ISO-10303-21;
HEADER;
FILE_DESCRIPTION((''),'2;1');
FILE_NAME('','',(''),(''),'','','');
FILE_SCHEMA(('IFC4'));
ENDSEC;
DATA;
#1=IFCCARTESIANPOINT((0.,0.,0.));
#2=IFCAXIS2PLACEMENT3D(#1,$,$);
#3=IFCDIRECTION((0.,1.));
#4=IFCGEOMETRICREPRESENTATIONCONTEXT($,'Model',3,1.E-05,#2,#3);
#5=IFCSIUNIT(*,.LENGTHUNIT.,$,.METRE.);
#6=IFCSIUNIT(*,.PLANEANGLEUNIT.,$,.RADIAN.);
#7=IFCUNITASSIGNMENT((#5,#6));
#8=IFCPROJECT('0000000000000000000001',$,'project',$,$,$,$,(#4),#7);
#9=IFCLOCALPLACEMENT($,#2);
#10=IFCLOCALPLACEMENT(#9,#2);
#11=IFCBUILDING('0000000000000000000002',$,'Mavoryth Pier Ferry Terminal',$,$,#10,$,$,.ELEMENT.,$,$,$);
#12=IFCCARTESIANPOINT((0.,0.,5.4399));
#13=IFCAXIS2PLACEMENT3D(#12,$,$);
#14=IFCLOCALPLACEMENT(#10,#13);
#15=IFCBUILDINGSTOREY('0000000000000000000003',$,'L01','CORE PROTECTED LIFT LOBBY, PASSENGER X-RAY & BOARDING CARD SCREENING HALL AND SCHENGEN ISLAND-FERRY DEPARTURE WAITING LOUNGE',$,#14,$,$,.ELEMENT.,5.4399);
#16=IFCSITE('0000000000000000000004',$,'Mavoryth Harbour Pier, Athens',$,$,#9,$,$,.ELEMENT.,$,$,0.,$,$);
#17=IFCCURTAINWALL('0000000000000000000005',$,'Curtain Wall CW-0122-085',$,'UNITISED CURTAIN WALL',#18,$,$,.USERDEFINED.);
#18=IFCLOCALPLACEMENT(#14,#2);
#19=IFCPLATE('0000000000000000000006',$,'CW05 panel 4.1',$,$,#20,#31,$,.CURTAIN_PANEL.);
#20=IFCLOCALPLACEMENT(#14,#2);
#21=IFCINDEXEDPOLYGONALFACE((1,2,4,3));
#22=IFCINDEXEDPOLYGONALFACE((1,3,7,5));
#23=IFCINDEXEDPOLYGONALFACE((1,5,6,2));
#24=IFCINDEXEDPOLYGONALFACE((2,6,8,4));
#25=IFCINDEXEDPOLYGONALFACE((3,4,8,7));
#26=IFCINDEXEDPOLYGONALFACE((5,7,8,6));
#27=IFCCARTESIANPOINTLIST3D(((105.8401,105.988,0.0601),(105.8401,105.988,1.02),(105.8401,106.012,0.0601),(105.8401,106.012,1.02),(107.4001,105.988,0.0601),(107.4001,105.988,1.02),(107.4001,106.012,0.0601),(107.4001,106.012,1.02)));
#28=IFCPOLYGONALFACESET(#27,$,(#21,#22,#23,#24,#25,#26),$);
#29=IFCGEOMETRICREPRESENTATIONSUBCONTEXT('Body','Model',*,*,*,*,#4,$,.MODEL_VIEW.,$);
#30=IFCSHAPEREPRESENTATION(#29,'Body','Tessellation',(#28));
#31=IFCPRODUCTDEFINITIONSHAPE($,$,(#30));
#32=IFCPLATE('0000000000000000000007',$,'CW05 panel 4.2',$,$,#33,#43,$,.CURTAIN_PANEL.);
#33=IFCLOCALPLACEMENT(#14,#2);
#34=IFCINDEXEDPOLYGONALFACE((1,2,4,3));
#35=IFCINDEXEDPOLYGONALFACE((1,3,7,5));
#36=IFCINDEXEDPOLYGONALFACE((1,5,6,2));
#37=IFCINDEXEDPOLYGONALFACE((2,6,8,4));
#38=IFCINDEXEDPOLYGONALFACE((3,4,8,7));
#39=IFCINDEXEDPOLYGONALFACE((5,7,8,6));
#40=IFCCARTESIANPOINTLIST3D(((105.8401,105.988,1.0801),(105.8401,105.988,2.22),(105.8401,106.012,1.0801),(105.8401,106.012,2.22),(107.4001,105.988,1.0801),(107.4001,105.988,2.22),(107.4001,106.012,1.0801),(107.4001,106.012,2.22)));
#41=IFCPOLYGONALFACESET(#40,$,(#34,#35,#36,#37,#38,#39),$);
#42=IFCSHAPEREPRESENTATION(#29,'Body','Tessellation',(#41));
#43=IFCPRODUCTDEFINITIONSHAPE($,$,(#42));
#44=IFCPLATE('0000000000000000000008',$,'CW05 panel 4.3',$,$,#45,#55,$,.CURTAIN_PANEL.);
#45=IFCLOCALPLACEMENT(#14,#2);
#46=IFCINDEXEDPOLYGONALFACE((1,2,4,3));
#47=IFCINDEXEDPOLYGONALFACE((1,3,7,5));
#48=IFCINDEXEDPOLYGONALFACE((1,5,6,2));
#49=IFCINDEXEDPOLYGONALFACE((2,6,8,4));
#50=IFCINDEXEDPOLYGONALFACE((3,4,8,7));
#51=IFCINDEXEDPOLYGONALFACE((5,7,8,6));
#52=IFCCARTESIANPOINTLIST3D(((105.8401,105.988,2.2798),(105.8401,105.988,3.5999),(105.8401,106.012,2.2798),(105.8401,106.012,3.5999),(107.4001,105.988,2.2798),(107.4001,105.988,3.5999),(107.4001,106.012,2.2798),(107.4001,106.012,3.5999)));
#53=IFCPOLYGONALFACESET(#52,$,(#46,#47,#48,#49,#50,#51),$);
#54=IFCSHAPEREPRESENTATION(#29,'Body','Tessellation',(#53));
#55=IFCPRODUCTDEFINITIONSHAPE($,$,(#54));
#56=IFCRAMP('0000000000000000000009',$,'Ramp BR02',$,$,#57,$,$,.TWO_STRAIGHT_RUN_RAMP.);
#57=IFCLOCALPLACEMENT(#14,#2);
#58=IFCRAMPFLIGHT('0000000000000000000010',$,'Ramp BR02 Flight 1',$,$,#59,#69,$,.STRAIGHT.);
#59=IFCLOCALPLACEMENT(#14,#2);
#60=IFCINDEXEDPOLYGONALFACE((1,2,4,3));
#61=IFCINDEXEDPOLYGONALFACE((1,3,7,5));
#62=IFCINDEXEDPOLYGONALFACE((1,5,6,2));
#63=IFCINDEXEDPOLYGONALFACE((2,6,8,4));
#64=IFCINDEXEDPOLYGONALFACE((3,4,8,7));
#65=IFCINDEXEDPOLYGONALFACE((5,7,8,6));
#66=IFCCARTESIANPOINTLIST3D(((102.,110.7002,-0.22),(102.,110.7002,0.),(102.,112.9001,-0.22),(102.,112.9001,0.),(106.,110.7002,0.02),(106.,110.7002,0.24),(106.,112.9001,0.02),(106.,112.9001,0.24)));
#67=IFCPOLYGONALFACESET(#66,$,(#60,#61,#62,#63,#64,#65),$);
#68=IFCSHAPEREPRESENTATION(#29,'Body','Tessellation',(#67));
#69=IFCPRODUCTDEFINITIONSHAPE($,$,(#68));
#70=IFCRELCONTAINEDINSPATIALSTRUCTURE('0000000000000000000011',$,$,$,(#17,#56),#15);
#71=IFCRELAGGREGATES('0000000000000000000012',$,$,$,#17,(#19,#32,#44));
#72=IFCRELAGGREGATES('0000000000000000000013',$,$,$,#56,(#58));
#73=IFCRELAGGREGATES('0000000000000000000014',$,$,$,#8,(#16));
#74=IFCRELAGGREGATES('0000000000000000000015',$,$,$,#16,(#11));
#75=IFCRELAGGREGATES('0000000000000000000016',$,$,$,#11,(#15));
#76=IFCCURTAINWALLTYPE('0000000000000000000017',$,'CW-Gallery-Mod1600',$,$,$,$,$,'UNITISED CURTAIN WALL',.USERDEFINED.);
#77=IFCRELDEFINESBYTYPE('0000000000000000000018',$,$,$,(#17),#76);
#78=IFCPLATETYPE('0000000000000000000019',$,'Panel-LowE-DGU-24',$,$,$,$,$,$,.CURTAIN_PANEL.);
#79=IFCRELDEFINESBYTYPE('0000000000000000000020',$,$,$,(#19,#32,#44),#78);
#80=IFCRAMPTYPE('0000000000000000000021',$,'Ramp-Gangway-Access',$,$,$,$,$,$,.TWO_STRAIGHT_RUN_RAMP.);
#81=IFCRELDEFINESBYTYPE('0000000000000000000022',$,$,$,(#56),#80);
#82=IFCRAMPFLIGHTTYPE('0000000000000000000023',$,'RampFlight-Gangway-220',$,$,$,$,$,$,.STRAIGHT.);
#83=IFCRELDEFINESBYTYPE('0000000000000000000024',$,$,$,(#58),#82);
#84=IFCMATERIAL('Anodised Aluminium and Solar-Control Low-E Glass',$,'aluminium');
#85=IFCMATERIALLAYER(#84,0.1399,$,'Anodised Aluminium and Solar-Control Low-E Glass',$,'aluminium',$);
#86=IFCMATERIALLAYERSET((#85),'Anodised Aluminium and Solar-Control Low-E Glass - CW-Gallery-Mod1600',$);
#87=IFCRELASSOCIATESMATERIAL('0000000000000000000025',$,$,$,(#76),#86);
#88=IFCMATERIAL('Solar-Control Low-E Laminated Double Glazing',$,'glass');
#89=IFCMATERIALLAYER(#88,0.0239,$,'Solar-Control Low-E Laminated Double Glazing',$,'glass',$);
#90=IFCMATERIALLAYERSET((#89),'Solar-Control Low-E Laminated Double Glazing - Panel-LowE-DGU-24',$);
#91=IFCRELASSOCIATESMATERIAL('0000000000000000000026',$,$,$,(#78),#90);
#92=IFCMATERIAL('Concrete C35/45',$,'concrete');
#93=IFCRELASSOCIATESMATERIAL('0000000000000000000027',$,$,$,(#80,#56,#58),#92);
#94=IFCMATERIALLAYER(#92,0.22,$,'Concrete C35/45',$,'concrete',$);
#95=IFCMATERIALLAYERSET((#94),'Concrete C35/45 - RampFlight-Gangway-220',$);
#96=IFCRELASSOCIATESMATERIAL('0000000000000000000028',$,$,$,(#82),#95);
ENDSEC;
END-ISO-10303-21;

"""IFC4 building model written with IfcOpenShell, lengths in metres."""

from ifc_helpers import new_model, si_unit, direction, frame, origin, origin_2d, place, context, subcontext, project, spatial, polyline, rectangle, outline, extrude, material, layer, layer_set, type_object, element, aggregate, save


model = new_model("IFC4")

# Units and contexts
model_context = context("Model", 3, precision=1e-05, world=origin(), true_north=direction((0.0, 1.0)))
body_context = subcontext(model_context, "Body", "Model", "MODEL_VIEW")
ifc_project = project(units=[si_unit("LENGTHUNIT", "METRE"), si_unit("PLANEANGLEUNIT", "RADIAN")], contexts=[model_context])

# Site, building, storey
site_placement = place(None, origin())
site = spatial("IfcSite", under=ifc_project, at=site_placement, Name="Mavoryth Harbour Pier, Athens", CompositionType="ELEMENT", RefElevation=0.0)
building_placement = place(site_placement, origin())
building = spatial("IfcBuilding", under=site, at=building_placement, Name="Mavoryth Pier Ferry Terminal", CompositionType="ELEMENT")
storey_placement = place(building_placement, frame((0.0, 0.0, 5.4399)))
storey = spatial("IfcBuildingStorey", under=building, at=storey_placement, Name="L01", Description="CORE PROTECTED LIFT LOBBY, PASSENGER X-RAY & BOARDING CARD SCREENING HALL AND SCHENGEN ISLAND-FERRY DEPARTURE WAITING LOUNGE", CompositionType="ELEMENT", Elevation=5.4399)

# Shared definitions
ifc_material_1 = material(Name="Anodised Aluminium and Solar-Control Low-E Glass", Category="aluminium")
ifc_layer_1 = layer(ifc_material_1, 0.1399, Name="Anodised Aluminium and Solar-Control Low-E Glass", Category="aluminium")
ifc_layer_set_1 = layer_set([ifc_layer_1], Name="Anodised Aluminium and Solar-Control Low-E Glass - CW-Gallery-Mod1600")
curtain_wall_type = type_object("IfcCurtainWallType", Name="CW-Gallery-Mod1600", ElementType="UNITISED CURTAIN WALL", PredefinedType="USERDEFINED", material=ifc_layer_set_1)

# Curtain wall
curtain_wall_1_placement = place(storey_placement, origin())
curtain_wall_1 = element("IfcCurtainWall", 1, at=curtain_wall_1_placement, inside=storey, type_object=curtain_wall_type, Name="Curtain Wall CW-0122-085", ObjectType="UNITISED CURTAIN WALL", PredefinedType="USERDEFINED")

# Plates
ifc_material_2 = material(Name="Solar-Control Low-E Laminated Double Glazing", Category="glass")
ifc_layer_2 = layer(ifc_material_2, 0.0239, Name="Solar-Control Low-E Laminated Double Glazing", Category="glass")
ifc_layer_set_2 = layer_set([ifc_layer_2], Name="Solar-Control Low-E Laminated Double Glazing - Panel-LowE-DGU-24")
plate_type = type_object("IfcPlateType", Name="Panel-LowE-DGU-24", PredefinedType="CURTAIN_PANEL", material=ifc_layer_set_2)
plate_1_placement = place(storey_placement, frame((106.6201, 106.0, 0.0601), z_axis=(0.0, 0.0, 1.0), x_axis=(1.0, 0.0, 0.0)))
plate_1 = element("IfcPlate", 2, at=plate_1_placement, type_object=plate_type, Name="CW05 panel 4.1", PredefinedType="CURTAIN_PANEL", context=body_context, shape_type="SweptSolid", body=[
    extrude(rectangle(XDim=1.5601, YDim=0.0239, at=origin_2d()), origin(), (0.0, 0.0, 1.0), 0.96),
])
plate_2_placement = place(storey_placement, frame((106.6201, 106.0, 1.0801), z_axis=(0.0, 0.0, 1.0), x_axis=(1.0, 0.0, 0.0)))
plate_2 = element("IfcPlate", 3, at=plate_2_placement, type_object=plate_type, Name="CW05 panel 4.2", PredefinedType="CURTAIN_PANEL", context=body_context, shape_type="SweptSolid", body=[
    extrude(rectangle(XDim=1.5601, YDim=0.0239, at=origin_2d()), origin(), (0.0, 0.0, 1.0), 1.1399),
])
plate_3_placement = place(storey_placement, frame((106.6201, 106.0, 2.2798), z_axis=(0.0, 0.0, 1.0), x_axis=(1.0, 0.0, 0.0)))
plate_3 = element("IfcPlate", 4, at=plate_3_placement, type_object=plate_type, Name="CW05 panel 4.3", PredefinedType="CURTAIN_PANEL", context=body_context, shape_type="SweptSolid", body=[
    extrude(rectangle(XDim=1.5601, YDim=0.0239, at=origin_2d()), origin(), (0.0, 0.0, 1.0), 1.3201),
])
aggregate(curtain_wall_1, [plate_1, plate_2, plate_3])

# Ramp, ramp flight
ifc_material_3 = material(Name="Concrete C35/45", Category="concrete")
ramp_type = type_object("IfcRampType", Name="Ramp-Gangway-Access", PredefinedType="TWO_STRAIGHT_RUN_RAMP", material=ifc_material_3)
ramp_placement = place(storey_placement, origin())
ramp = element("IfcRamp", 5, at=ramp_placement, inside=storey, type_object=ramp_type, material=ifc_material_3, Name="Ramp BR02", PredefinedType="TWO_STRAIGHT_RUN_RAMP")
ifc_layer_3 = layer(ifc_material_3, 0.22, Name="Concrete C35/45", Category="concrete")
ifc_layer_set_3 = layer_set([ifc_layer_3], Name="Concrete C35/45 - RampFlight-Gangway-220")
ramp_flight_type = type_object("IfcRampFlightType", Name="RampFlight-Gangway-220", PredefinedType="STRAIGHT", material=ifc_layer_set_3)
ramp_flight_placement = place(storey_placement, frame((102.0, 111.8, 0.0), z_axis=(0.0, 0.0, 1.0), x_axis=(1.0, 0.0, 0.0)))
ramp_flight = element("IfcRampFlight", 6, at=ramp_flight_placement, type_object=ramp_flight_type, material=ifc_material_3, Name="Ramp BR02 Flight 1", PredefinedType="STRAIGHT", context=body_context, shape_type="SweptSolid", body=[
    extrude(outline(polyline([(0.0, 0.0), (4.0, 0.24), (4.0, 0.02), (0.0, -0.22), (0.0, 0.0)])), frame((0.0, 1.1001, 0.0), z_axis=(0.0, -1.0, 0.0), x_axis=(1.0, 0.0, 0.0)), (0.0, 0.0, 1.0), 2.2),
])
aggregate(ramp, [ramp_flight])

save(model, "model.ifc")
